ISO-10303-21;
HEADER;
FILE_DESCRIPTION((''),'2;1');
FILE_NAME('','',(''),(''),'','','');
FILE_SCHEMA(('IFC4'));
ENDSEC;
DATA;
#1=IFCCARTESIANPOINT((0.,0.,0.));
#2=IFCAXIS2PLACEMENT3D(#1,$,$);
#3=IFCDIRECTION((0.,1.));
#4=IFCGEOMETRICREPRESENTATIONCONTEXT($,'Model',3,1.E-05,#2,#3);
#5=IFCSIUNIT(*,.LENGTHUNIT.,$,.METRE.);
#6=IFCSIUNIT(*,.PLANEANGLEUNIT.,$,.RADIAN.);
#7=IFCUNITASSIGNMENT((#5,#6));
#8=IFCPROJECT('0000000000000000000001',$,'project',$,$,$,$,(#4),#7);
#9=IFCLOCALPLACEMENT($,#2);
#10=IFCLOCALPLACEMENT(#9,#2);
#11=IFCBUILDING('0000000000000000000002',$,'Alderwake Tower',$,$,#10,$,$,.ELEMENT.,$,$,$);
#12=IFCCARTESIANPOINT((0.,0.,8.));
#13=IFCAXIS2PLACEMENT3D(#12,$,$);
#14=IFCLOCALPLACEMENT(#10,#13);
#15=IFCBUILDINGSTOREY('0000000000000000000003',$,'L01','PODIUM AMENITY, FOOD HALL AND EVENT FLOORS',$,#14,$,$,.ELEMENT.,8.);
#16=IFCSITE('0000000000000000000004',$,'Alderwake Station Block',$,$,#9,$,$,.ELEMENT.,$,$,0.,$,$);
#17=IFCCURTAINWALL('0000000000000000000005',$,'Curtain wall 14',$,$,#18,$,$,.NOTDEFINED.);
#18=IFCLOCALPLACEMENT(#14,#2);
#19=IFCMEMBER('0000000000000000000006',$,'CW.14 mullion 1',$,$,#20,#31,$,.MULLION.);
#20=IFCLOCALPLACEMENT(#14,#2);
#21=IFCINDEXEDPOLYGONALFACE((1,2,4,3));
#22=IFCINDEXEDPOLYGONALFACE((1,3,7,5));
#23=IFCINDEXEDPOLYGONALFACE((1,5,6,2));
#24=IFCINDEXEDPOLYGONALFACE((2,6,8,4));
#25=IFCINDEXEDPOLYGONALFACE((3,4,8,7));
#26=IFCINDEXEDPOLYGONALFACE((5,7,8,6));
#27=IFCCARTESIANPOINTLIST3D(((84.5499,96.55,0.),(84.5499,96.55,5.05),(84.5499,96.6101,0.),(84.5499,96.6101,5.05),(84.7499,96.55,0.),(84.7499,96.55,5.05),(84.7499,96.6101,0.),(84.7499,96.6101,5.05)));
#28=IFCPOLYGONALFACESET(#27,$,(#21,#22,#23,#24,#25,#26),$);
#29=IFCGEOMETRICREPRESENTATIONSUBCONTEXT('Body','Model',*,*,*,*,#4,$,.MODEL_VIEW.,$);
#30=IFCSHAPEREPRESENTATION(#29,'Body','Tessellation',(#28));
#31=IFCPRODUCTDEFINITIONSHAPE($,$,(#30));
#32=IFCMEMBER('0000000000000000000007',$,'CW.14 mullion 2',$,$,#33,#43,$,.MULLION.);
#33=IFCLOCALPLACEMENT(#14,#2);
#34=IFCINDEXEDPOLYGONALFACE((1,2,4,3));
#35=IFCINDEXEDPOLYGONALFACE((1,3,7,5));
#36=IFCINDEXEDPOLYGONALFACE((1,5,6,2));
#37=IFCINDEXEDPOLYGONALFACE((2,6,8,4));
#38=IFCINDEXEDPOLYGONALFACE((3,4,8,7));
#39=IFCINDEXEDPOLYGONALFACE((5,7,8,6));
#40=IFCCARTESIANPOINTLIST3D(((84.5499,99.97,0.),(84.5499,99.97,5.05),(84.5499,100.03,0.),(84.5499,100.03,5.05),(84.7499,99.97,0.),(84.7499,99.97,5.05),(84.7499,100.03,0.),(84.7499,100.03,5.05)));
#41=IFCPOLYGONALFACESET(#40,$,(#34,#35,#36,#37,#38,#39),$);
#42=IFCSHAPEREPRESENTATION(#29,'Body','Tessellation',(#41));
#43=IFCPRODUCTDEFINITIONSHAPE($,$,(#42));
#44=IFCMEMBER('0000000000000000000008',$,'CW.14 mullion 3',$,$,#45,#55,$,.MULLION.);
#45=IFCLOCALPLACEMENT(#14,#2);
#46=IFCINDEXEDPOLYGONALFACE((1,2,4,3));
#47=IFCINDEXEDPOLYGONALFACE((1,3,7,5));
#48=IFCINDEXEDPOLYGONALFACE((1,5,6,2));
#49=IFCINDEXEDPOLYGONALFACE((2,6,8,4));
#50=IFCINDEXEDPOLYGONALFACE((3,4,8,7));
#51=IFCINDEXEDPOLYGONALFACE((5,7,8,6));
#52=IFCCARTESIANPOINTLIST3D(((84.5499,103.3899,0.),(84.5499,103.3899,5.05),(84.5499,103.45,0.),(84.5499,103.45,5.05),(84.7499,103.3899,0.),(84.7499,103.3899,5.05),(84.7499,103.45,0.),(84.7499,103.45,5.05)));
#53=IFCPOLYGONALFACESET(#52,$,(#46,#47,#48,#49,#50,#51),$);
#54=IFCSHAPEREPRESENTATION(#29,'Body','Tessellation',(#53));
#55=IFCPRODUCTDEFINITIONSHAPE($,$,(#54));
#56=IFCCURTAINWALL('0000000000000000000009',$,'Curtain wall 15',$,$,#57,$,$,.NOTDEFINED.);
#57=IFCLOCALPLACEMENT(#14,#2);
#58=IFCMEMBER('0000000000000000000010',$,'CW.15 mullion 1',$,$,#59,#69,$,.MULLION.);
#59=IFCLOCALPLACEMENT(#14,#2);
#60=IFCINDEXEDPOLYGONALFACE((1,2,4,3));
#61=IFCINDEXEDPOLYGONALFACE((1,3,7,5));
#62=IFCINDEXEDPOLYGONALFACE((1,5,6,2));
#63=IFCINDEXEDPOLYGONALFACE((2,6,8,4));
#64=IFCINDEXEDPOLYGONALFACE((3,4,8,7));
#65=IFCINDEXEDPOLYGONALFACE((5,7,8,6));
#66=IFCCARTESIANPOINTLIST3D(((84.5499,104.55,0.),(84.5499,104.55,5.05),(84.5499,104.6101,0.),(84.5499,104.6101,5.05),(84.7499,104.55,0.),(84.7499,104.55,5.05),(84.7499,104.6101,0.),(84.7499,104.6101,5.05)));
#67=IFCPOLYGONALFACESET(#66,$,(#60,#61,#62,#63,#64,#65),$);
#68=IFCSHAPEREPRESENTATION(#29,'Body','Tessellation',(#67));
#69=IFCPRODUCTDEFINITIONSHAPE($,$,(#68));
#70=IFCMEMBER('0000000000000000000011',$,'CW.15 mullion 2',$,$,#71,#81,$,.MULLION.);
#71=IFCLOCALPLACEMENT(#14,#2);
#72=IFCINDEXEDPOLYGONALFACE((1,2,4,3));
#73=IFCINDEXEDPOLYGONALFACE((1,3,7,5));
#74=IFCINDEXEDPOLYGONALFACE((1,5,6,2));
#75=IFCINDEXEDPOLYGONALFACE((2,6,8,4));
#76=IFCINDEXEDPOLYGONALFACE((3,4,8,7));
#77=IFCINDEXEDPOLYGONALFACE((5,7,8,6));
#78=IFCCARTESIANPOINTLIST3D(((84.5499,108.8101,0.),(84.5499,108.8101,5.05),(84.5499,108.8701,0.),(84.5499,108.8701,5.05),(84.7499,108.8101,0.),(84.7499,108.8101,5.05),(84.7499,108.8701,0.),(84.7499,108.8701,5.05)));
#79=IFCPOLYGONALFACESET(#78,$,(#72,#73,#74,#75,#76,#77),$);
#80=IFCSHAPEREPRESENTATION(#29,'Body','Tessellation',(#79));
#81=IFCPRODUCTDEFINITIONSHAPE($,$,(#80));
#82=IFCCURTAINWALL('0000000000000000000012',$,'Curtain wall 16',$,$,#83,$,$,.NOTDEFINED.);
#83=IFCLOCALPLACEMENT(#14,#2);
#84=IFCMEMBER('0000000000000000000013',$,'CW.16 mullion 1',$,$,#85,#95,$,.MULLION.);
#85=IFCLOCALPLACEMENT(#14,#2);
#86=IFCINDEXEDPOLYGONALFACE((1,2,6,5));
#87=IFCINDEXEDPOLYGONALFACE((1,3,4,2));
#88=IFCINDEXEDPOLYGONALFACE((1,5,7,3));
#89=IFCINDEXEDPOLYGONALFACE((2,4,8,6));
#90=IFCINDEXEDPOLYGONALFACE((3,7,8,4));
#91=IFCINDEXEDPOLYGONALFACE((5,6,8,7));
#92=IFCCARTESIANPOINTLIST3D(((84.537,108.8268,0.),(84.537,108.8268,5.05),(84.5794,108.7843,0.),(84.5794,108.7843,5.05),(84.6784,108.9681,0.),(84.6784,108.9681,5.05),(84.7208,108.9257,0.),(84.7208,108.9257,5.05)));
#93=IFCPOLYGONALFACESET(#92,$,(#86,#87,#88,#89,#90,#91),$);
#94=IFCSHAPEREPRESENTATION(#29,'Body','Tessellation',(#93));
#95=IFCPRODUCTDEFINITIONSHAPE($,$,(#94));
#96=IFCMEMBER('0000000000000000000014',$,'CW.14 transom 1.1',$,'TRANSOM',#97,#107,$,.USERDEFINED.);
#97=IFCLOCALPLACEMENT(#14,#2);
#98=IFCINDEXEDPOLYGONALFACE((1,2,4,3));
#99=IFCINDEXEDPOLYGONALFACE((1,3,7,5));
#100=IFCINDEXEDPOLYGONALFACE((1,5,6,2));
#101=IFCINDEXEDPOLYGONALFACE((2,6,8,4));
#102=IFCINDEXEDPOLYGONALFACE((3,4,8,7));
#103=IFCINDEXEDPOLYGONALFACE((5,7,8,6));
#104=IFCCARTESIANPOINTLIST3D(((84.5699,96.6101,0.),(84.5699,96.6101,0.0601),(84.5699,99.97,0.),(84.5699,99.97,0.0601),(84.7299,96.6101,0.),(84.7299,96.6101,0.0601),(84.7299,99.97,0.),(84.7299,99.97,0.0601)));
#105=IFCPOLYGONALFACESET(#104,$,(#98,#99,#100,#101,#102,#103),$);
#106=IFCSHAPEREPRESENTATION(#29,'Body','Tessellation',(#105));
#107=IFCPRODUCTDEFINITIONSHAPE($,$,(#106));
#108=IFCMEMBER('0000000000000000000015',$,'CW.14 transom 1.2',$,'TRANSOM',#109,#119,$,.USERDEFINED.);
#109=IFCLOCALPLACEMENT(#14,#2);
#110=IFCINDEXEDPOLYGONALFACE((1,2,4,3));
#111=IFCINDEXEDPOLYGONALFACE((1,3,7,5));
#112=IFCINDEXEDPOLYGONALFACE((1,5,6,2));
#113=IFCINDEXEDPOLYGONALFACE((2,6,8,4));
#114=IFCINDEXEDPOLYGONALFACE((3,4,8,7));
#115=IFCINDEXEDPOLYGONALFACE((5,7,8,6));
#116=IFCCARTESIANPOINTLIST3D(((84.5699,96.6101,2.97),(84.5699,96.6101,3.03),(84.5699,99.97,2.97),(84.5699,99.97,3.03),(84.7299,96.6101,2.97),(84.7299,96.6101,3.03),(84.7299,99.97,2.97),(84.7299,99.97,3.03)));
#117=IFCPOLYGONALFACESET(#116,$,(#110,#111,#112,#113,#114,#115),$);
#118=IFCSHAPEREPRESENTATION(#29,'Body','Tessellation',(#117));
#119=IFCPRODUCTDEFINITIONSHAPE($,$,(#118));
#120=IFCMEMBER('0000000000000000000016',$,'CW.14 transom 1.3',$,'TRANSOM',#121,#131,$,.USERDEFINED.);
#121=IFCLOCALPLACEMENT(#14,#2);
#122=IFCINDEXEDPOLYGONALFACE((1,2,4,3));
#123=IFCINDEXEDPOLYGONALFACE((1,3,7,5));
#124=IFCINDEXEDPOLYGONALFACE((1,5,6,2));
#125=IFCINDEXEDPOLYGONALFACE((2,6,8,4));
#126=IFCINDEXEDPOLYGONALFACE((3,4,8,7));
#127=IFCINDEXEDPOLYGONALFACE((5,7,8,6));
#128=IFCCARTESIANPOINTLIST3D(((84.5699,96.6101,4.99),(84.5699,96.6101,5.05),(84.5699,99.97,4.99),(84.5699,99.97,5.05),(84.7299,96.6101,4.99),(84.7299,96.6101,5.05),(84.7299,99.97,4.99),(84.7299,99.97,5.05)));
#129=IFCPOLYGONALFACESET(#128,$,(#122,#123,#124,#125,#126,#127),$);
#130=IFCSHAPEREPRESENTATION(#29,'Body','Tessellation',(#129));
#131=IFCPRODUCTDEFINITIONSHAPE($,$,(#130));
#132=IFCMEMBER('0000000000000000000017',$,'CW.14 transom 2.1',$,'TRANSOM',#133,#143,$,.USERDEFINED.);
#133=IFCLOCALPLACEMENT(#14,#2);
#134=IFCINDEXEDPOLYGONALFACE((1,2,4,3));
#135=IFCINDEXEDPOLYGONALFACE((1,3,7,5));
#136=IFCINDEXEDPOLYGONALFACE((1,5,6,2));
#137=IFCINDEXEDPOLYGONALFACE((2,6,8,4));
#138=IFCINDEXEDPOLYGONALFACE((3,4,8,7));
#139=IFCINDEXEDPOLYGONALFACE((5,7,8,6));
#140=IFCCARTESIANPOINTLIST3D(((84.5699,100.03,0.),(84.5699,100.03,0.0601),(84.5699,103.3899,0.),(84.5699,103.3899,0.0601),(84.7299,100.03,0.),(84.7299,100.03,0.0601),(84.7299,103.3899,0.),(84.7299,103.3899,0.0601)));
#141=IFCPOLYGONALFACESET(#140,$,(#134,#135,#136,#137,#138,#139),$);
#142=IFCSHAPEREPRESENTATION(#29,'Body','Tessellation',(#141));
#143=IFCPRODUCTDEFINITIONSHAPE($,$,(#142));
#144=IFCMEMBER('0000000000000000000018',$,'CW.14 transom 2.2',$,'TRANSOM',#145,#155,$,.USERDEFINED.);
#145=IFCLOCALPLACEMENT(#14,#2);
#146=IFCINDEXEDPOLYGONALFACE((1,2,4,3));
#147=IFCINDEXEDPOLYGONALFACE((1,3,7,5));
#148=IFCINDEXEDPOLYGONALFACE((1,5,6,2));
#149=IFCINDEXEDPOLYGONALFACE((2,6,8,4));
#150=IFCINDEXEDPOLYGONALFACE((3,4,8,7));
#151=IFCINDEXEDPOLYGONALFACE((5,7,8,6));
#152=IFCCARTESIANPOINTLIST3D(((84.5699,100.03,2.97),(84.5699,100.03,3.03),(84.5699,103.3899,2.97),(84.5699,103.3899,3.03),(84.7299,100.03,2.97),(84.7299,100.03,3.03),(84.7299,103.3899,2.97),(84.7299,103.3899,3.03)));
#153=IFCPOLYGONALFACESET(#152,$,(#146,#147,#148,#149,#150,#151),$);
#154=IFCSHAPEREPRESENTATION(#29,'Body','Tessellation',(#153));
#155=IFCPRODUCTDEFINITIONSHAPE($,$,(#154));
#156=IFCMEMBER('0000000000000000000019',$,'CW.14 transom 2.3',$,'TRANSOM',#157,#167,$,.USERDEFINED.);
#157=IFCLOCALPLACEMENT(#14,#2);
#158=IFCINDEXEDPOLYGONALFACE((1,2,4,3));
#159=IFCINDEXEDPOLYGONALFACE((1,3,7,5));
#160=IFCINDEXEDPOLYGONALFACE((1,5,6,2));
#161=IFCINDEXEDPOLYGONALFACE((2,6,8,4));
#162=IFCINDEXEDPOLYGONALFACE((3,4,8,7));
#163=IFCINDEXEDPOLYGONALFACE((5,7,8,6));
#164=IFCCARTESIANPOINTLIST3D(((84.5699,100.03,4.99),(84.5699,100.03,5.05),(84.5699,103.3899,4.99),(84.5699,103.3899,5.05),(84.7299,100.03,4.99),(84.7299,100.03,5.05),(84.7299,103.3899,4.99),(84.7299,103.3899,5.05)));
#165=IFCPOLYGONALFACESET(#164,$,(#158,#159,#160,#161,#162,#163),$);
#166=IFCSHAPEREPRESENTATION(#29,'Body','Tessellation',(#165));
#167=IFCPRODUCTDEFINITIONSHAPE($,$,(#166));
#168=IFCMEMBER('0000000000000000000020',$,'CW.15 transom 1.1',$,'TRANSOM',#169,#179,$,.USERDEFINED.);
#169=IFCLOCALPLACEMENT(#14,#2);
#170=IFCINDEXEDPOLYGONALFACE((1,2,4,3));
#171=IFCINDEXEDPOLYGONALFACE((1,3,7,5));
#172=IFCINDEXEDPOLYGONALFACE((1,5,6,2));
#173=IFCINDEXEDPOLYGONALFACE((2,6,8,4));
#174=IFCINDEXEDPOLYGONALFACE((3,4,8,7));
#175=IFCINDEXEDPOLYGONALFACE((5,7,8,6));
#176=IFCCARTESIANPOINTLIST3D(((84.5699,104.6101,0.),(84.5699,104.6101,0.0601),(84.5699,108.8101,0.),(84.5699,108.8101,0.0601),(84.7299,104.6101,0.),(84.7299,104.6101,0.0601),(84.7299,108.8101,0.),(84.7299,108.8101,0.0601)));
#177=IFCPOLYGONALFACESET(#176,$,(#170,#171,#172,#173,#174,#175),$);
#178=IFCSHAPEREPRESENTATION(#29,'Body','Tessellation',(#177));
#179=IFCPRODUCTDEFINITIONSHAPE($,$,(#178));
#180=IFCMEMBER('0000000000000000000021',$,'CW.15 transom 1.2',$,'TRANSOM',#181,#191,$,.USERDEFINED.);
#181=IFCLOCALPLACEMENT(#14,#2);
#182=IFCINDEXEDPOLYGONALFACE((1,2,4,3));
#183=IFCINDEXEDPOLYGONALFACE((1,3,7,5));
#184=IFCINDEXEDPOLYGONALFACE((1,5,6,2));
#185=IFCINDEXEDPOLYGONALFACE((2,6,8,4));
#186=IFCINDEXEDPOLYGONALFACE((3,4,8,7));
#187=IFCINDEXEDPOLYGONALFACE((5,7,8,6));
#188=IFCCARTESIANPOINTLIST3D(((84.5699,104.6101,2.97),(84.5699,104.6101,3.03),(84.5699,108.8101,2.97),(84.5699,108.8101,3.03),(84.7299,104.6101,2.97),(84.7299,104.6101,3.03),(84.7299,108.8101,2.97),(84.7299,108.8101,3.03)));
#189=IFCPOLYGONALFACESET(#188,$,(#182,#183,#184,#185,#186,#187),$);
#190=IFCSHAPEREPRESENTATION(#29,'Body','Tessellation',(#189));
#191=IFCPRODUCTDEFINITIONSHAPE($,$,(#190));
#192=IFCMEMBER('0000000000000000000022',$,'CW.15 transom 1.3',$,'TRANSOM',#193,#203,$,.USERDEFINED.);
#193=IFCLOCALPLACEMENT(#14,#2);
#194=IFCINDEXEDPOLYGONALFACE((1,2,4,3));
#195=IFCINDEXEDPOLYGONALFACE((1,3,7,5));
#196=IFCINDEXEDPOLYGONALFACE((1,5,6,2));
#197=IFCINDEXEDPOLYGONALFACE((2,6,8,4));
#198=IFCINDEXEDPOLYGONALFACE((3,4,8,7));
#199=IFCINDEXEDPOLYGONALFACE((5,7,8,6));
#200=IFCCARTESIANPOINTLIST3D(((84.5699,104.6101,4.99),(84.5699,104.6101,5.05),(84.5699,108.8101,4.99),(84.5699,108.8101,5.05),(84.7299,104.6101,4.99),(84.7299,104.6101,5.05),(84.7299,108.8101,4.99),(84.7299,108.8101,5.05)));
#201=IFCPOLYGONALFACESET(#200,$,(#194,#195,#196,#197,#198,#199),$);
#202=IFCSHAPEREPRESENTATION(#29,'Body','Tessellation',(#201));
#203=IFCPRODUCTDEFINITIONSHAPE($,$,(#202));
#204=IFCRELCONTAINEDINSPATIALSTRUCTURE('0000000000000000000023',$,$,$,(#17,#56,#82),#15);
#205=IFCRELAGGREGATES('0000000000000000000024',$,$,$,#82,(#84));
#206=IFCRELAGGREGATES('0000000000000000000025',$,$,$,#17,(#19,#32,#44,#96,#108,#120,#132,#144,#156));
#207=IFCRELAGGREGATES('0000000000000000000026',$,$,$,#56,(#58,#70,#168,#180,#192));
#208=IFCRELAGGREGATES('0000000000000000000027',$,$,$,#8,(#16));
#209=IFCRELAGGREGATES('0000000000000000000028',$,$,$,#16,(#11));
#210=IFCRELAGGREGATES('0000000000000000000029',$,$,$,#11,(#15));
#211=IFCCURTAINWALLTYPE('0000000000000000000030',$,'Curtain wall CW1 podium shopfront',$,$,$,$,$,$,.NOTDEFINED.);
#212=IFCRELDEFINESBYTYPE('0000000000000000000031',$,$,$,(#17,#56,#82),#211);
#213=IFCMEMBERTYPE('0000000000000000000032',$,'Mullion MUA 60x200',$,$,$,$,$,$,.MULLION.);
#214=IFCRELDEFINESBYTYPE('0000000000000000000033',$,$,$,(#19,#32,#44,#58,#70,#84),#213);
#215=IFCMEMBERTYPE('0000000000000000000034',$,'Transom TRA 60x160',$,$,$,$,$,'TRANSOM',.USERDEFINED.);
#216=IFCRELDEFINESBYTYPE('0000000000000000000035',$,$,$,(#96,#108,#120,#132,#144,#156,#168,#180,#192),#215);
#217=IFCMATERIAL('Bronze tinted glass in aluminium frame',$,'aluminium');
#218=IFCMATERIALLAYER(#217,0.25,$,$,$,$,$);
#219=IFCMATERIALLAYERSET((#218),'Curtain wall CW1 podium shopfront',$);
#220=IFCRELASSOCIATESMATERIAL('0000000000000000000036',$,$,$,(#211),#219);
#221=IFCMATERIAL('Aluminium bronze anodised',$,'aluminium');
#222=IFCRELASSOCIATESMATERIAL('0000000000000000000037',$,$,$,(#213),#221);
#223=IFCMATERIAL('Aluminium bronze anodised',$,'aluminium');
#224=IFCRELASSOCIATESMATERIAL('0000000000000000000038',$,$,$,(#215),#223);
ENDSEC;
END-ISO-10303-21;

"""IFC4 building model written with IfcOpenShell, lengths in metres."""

from ifc_helpers import new_model, si_unit, direction, frame, origin, origin_2d, place, context, subcontext, project, spatial, rectangle, extrude, material, layer, layer_set, material_profile, profile_set, type_object, element, aggregate, save


model = new_model("IFC4")

# Units and contexts
model_context = context("Model", 3, precision=1e-05, world=origin(), true_north=direction((0.0, 1.0)))
body_context = subcontext(model_context, "Body", "Model", "MODEL_VIEW")
ifc_project = project(units=[si_unit("LENGTHUNIT", "METRE"), si_unit("PLANEANGLEUNIT", "RADIAN")], contexts=[model_context])

# Site, building, storey
site_placement = place(None, origin())
site = spatial("IfcSite", under=ifc_project, at=site_placement, Name="Alderwake Station Block", CompositionType="ELEMENT", RefElevation=0.0)
building_placement = place(site_placement, origin())
building = spatial("IfcBuilding", under=site, at=building_placement, Name="Alderwake Tower", CompositionType="ELEMENT")
storey_placement = place(building_placement, frame((0.0, 0.0, 8.0)))
storey = spatial("IfcBuildingStorey", under=building, at=storey_placement, Name="L01", Description="PODIUM AMENITY, FOOD HALL AND EVENT FLOORS", CompositionType="ELEMENT", Elevation=8.0)

# Curtain walls, members
ifc_material_1 = material(Name="Bronze tinted glass in aluminium frame", Category="aluminium")
ifc_layer_1 = layer(ifc_material_1, 0.25)
ifc_layer_set_1 = layer_set([ifc_layer_1], Name="Curtain wall CW1 podium shopfront")
curtain_wall_type = type_object("IfcCurtainWallType", Name="Curtain wall CW1 podium shopfront", PredefinedType="NOTDEFINED", material=ifc_layer_set_1)
curtain_wall_1_placement = place(storey_placement, origin())
curtain_wall_1 = element("IfcCurtainWall", 1, at=curtain_wall_1_placement, inside=storey, type_object=curtain_wall_type, Name="Curtain wall 14", PredefinedType="NOTDEFINED")
ifc_material_2 = material(Name="Aluminium bronze anodised", Category="aluminium")
ifc_material_profile_1 = material_profile(ifc_material_2, rectangle(XDim=0.2, YDim=0.0601, at=origin_2d()), Name="Mullion MUA 60x200")
ifc_profile_set_1 = profile_set([ifc_material_profile_1], Name="Aluminium bronze anodised")
member_type_1 = type_object("IfcMemberType", Name="Mullion MUA 60x200", PredefinedType="MULLION", material=ifc_profile_set_1)
member_1_placement = place(storey_placement, frame((84.6499, 96.5801, 0.0), z_axis=(0.0, 0.0, 1.0), x_axis=(-1.0, 0.0, 0.0)))
member_1 = element("IfcMember", 2, at=member_1_placement, type_object=member_type_1, Name="CW.14 mullion 1", PredefinedType="MULLION", context=body_context, shape_type="SweptSolid", body=[
    extrude(rectangle(XDim=0.2, YDim=0.0601, at=origin_2d()), origin(), (0.0, 0.0, 1.0), 5.05),
])
member_2_placement = place(storey_placement, frame((84.6499, 100.0, 0.0), z_axis=(0.0, 0.0, 1.0), x_axis=(-1.0, 0.0, 0.0)))
member_2 = element("IfcMember", 3, at=member_2_placement, type_object=member_type_1, Name="CW.14 mullion 2", PredefinedType="MULLION", context=body_context, shape_type="SweptSolid", body=[
    extrude(rectangle(XDim=0.2, YDim=0.0601, at=origin_2d()), origin(), (0.0, 0.0, 1.0), 5.05),
])
member_3_placement = place(storey_placement, frame((84.6499, 103.4199, 0.0), z_axis=(0.0, 0.0, 1.0), x_axis=(-1.0, 0.0, 0.0)))
member_3 = element("IfcMember", 4, at=member_3_placement, type_object=member_type_1, Name="CW.14 mullion 3", PredefinedType="MULLION", context=body_context, shape_type="SweptSolid", body=[
    extrude(rectangle(XDim=0.2, YDim=0.0601, at=origin_2d()), origin(), (0.0, 0.0, 1.0), 5.05),
])
curtain_wall_2_placement = place(storey_placement, origin())
curtain_wall_2 = element("IfcCurtainWall", 5, at=curtain_wall_2_placement, inside=storey, type_object=curtain_wall_type, Name="Curtain wall 15", PredefinedType="NOTDEFINED")
member_4_placement = place(storey_placement, frame((84.6499, 104.5801, 0.0), z_axis=(0.0, 0.0, 1.0), x_axis=(-1.0, 0.0, 0.0)))
member_4 = element("IfcMember", 6, at=member_4_placement, type_object=member_type_1, Name="CW.15 mullion 1", PredefinedType="MULLION", context=body_context, shape_type="SweptSolid", body=[
    extrude(rectangle(XDim=0.2, YDim=0.0601, at=origin_2d()), origin(), (0.0, 0.0, 1.0), 5.05),
])
member_5_placement = place(storey_placement, frame((84.6499, 108.8401, 0.0), z_axis=(0.0, 0.0, 1.0), x_axis=(-1.0, 0.0, 0.0)))
member_5 = element("IfcMember", 7, at=member_5_placement, type_object=member_type_1, Name="CW.15 mullion 2", PredefinedType="MULLION", context=body_context, shape_type="SweptSolid", body=[
    extrude(rectangle(XDim=0.2, YDim=0.0601, at=origin_2d()), origin(), (0.0, 0.0, 1.0), 5.05),
])

# Curtain wall, member
curtain_wall_3_placement = place(storey_placement, origin())
curtain_wall_3 = element("IfcCurtainWall", 8, at=curtain_wall_3_placement, inside=storey, type_object=curtain_wall_type, Name="Curtain wall 16", PredefinedType="NOTDEFINED")
member_6_placement = place(storey_placement, frame((84.6289, 108.8762, 0.0), z_axis=(0.0, 0.0, 1.0), x_axis=(-0.707107, -0.707107, 0.0)))
member_6 = element("IfcMember", 9, at=member_6_placement, type_object=member_type_1, Name="CW.16 mullion 1", PredefinedType="MULLION", context=body_context, shape_type="SweptSolid", body=[
    extrude(rectangle(XDim=0.2, YDim=0.0601, at=origin_2d()), origin(), (0.0, 0.0, 1.0), 5.05),
])
aggregate(curtain_wall_3, [member_6])

# Members
ifc_material_3 = material(Name="Aluminium bronze anodised", Category="aluminium")
ifc_material_profile_2 = material_profile(ifc_material_3, rectangle(XDim=0.1599, YDim=0.0601, at=origin_2d()), Name="Transom TRA 60x160")
ifc_profile_set_2 = profile_set([ifc_material_profile_2], Name="Aluminium bronze anodised")
member_type_2 = type_object("IfcMemberType", Name="Transom TRA 60x160", ElementType="TRANSOM", PredefinedType="USERDEFINED", material=ifc_profile_set_2)
member_7_placement = place(storey_placement, frame((84.6499, 96.6101, 0.03), z_axis=(0.0, 1.0, 0.0), x_axis=(-1.0, 0.0, 0.0)))
member_7 = element("IfcMember", 10, at=member_7_placement, type_object=member_type_2, Name="CW.14 transom 1.1", ObjectType="TRANSOM", PredefinedType="USERDEFINED", context=body_context, shape_type="SweptSolid", body=[
    extrude(rectangle(XDim=0.1599, YDim=0.0601, at=origin_2d()), origin(), (0.0, 0.0, 1.0), 3.3599),
])
member_8_placement = place(storey_placement, frame((84.6499, 96.6101, 3.0), z_axis=(0.0, 1.0, 0.0), x_axis=(-1.0, 0.0, 0.0)))
member_8 = element("IfcMember", 11, at=member_8_placement, type_object=member_type_2, Name="CW.14 transom 1.2", ObjectType="TRANSOM", PredefinedType="USERDEFINED", context=body_context, shape_type="SweptSolid", body=[
    extrude(rectangle(XDim=0.1599, YDim=0.0601, at=origin_2d()), origin(), (0.0, 0.0, 1.0), 3.3599),
])
member_9_placement = place(storey_placement, frame((84.6499, 96.6101, 5.02), z_axis=(0.0, 1.0, 0.0), x_axis=(-1.0, 0.0, 0.0)))
member_9 = element("IfcMember", 12, at=member_9_placement, type_object=member_type_2, Name="CW.14 transom 1.3", ObjectType="TRANSOM", PredefinedType="USERDEFINED", context=body_context, shape_type="SweptSolid", body=[
    extrude(rectangle(XDim=0.1599, YDim=0.0601, at=origin_2d()), origin(), (0.0, 0.0, 1.0), 3.3599),
])
member_10_placement = place(storey_placement, frame((84.6499, 100.03, 0.03), z_axis=(0.0, 1.0, 0.0), x_axis=(-1.0, 0.0, 0.0)))
member_10 = element("IfcMember", 13, at=member_10_placement, type_object=member_type_2, Name="CW.14 transom 2.1", ObjectType="TRANSOM", PredefinedType="USERDEFINED", context=body_context, shape_type="SweptSolid", body=[
    extrude(rectangle(XDim=0.1599, YDim=0.0601, at=origin_2d()), origin(), (0.0, 0.0, 1.0), 3.3599),
])
member_11_placement = place(storey_placement, frame((84.6499, 100.03, 3.0), z_axis=(0.0, 1.0, 0.0), x_axis=(-1.0, 0.0, 0.0)))
member_11 = element("IfcMember", 14, at=member_11_placement, type_object=member_type_2, Name="CW.14 transom 2.2", ObjectType="TRANSOM", PredefinedType="USERDEFINED", context=body_context, shape_type="SweptSolid", body=[
    extrude(rectangle(XDim=0.1599, YDim=0.0601, at=origin_2d()), origin(), (0.0, 0.0, 1.0), 3.3599),
])
member_12_placement = place(storey_placement, frame((84.6499, 100.03, 5.02), z_axis=(0.0, 1.0, 0.0), x_axis=(-1.0, 0.0, 0.0)))
member_12 = element("IfcMember", 15, at=member_12_placement, type_object=member_type_2, Name="CW.14 transom 2.3", ObjectType="TRANSOM", PredefinedType="USERDEFINED", context=body_context, shape_type="SweptSolid", body=[
    extrude(rectangle(XDim=0.1599, YDim=0.0601, at=origin_2d()), origin(), (0.0, 0.0, 1.0), 3.3599),
])
member_13_placement = place(storey_placement, frame((84.6499, 104.6101, 0.03), z_axis=(0.0, 1.0, 0.0), x_axis=(-1.0, 0.0, 0.0)))
member_13 = element("IfcMember", 16, at=member_13_placement, type_object=member_type_2, Name="CW.15 transom 1.1", ObjectType="TRANSOM", PredefinedType="USERDEFINED", context=body_context, shape_type="SweptSolid", body=[
    extrude(rectangle(XDim=0.1599, YDim=0.0601, at=origin_2d()), origin(), (0.0, 0.0, 1.0), 4.2),
])
member_14_placement = place(storey_placement, frame((84.6499, 104.6101, 3.0), z_axis=(0.0, 1.0, 0.0), x_axis=(-1.0, 0.0, 0.0)))
member_14 = element("IfcMember", 17, at=member_14_placement, type_object=member_type_2, Name="CW.15 transom 1.2", ObjectType="TRANSOM", PredefinedType="USERDEFINED", context=body_context, shape_type="SweptSolid", body=[
    extrude(rectangle(XDim=0.1599, YDim=0.0601, at=origin_2d()), origin(), (0.0, 0.0, 1.0), 4.2),
])
member_15_placement = place(storey_placement, frame((84.6499, 104.6101, 5.02), z_axis=(0.0, 1.0, 0.0), x_axis=(-1.0, 0.0, 0.0)))
member_15 = element("IfcMember", 18, at=member_15_placement, type_object=member_type_2, Name="CW.15 transom 1.3", ObjectType="TRANSOM", PredefinedType="USERDEFINED", context=body_context, shape_type="SweptSolid", body=[
    extrude(rectangle(XDim=0.1599, YDim=0.0601, at=origin_2d()), origin(), (0.0, 0.0, 1.0), 4.2),
])

aggregate(curtain_wall_1, [member_1, member_2, member_3, member_7, member_8, member_9, member_10, member_11, member_12])
aggregate(curtain_wall_2, [member_4, member_5, member_13, member_14, member_15])

save(model, "model.ifc")
